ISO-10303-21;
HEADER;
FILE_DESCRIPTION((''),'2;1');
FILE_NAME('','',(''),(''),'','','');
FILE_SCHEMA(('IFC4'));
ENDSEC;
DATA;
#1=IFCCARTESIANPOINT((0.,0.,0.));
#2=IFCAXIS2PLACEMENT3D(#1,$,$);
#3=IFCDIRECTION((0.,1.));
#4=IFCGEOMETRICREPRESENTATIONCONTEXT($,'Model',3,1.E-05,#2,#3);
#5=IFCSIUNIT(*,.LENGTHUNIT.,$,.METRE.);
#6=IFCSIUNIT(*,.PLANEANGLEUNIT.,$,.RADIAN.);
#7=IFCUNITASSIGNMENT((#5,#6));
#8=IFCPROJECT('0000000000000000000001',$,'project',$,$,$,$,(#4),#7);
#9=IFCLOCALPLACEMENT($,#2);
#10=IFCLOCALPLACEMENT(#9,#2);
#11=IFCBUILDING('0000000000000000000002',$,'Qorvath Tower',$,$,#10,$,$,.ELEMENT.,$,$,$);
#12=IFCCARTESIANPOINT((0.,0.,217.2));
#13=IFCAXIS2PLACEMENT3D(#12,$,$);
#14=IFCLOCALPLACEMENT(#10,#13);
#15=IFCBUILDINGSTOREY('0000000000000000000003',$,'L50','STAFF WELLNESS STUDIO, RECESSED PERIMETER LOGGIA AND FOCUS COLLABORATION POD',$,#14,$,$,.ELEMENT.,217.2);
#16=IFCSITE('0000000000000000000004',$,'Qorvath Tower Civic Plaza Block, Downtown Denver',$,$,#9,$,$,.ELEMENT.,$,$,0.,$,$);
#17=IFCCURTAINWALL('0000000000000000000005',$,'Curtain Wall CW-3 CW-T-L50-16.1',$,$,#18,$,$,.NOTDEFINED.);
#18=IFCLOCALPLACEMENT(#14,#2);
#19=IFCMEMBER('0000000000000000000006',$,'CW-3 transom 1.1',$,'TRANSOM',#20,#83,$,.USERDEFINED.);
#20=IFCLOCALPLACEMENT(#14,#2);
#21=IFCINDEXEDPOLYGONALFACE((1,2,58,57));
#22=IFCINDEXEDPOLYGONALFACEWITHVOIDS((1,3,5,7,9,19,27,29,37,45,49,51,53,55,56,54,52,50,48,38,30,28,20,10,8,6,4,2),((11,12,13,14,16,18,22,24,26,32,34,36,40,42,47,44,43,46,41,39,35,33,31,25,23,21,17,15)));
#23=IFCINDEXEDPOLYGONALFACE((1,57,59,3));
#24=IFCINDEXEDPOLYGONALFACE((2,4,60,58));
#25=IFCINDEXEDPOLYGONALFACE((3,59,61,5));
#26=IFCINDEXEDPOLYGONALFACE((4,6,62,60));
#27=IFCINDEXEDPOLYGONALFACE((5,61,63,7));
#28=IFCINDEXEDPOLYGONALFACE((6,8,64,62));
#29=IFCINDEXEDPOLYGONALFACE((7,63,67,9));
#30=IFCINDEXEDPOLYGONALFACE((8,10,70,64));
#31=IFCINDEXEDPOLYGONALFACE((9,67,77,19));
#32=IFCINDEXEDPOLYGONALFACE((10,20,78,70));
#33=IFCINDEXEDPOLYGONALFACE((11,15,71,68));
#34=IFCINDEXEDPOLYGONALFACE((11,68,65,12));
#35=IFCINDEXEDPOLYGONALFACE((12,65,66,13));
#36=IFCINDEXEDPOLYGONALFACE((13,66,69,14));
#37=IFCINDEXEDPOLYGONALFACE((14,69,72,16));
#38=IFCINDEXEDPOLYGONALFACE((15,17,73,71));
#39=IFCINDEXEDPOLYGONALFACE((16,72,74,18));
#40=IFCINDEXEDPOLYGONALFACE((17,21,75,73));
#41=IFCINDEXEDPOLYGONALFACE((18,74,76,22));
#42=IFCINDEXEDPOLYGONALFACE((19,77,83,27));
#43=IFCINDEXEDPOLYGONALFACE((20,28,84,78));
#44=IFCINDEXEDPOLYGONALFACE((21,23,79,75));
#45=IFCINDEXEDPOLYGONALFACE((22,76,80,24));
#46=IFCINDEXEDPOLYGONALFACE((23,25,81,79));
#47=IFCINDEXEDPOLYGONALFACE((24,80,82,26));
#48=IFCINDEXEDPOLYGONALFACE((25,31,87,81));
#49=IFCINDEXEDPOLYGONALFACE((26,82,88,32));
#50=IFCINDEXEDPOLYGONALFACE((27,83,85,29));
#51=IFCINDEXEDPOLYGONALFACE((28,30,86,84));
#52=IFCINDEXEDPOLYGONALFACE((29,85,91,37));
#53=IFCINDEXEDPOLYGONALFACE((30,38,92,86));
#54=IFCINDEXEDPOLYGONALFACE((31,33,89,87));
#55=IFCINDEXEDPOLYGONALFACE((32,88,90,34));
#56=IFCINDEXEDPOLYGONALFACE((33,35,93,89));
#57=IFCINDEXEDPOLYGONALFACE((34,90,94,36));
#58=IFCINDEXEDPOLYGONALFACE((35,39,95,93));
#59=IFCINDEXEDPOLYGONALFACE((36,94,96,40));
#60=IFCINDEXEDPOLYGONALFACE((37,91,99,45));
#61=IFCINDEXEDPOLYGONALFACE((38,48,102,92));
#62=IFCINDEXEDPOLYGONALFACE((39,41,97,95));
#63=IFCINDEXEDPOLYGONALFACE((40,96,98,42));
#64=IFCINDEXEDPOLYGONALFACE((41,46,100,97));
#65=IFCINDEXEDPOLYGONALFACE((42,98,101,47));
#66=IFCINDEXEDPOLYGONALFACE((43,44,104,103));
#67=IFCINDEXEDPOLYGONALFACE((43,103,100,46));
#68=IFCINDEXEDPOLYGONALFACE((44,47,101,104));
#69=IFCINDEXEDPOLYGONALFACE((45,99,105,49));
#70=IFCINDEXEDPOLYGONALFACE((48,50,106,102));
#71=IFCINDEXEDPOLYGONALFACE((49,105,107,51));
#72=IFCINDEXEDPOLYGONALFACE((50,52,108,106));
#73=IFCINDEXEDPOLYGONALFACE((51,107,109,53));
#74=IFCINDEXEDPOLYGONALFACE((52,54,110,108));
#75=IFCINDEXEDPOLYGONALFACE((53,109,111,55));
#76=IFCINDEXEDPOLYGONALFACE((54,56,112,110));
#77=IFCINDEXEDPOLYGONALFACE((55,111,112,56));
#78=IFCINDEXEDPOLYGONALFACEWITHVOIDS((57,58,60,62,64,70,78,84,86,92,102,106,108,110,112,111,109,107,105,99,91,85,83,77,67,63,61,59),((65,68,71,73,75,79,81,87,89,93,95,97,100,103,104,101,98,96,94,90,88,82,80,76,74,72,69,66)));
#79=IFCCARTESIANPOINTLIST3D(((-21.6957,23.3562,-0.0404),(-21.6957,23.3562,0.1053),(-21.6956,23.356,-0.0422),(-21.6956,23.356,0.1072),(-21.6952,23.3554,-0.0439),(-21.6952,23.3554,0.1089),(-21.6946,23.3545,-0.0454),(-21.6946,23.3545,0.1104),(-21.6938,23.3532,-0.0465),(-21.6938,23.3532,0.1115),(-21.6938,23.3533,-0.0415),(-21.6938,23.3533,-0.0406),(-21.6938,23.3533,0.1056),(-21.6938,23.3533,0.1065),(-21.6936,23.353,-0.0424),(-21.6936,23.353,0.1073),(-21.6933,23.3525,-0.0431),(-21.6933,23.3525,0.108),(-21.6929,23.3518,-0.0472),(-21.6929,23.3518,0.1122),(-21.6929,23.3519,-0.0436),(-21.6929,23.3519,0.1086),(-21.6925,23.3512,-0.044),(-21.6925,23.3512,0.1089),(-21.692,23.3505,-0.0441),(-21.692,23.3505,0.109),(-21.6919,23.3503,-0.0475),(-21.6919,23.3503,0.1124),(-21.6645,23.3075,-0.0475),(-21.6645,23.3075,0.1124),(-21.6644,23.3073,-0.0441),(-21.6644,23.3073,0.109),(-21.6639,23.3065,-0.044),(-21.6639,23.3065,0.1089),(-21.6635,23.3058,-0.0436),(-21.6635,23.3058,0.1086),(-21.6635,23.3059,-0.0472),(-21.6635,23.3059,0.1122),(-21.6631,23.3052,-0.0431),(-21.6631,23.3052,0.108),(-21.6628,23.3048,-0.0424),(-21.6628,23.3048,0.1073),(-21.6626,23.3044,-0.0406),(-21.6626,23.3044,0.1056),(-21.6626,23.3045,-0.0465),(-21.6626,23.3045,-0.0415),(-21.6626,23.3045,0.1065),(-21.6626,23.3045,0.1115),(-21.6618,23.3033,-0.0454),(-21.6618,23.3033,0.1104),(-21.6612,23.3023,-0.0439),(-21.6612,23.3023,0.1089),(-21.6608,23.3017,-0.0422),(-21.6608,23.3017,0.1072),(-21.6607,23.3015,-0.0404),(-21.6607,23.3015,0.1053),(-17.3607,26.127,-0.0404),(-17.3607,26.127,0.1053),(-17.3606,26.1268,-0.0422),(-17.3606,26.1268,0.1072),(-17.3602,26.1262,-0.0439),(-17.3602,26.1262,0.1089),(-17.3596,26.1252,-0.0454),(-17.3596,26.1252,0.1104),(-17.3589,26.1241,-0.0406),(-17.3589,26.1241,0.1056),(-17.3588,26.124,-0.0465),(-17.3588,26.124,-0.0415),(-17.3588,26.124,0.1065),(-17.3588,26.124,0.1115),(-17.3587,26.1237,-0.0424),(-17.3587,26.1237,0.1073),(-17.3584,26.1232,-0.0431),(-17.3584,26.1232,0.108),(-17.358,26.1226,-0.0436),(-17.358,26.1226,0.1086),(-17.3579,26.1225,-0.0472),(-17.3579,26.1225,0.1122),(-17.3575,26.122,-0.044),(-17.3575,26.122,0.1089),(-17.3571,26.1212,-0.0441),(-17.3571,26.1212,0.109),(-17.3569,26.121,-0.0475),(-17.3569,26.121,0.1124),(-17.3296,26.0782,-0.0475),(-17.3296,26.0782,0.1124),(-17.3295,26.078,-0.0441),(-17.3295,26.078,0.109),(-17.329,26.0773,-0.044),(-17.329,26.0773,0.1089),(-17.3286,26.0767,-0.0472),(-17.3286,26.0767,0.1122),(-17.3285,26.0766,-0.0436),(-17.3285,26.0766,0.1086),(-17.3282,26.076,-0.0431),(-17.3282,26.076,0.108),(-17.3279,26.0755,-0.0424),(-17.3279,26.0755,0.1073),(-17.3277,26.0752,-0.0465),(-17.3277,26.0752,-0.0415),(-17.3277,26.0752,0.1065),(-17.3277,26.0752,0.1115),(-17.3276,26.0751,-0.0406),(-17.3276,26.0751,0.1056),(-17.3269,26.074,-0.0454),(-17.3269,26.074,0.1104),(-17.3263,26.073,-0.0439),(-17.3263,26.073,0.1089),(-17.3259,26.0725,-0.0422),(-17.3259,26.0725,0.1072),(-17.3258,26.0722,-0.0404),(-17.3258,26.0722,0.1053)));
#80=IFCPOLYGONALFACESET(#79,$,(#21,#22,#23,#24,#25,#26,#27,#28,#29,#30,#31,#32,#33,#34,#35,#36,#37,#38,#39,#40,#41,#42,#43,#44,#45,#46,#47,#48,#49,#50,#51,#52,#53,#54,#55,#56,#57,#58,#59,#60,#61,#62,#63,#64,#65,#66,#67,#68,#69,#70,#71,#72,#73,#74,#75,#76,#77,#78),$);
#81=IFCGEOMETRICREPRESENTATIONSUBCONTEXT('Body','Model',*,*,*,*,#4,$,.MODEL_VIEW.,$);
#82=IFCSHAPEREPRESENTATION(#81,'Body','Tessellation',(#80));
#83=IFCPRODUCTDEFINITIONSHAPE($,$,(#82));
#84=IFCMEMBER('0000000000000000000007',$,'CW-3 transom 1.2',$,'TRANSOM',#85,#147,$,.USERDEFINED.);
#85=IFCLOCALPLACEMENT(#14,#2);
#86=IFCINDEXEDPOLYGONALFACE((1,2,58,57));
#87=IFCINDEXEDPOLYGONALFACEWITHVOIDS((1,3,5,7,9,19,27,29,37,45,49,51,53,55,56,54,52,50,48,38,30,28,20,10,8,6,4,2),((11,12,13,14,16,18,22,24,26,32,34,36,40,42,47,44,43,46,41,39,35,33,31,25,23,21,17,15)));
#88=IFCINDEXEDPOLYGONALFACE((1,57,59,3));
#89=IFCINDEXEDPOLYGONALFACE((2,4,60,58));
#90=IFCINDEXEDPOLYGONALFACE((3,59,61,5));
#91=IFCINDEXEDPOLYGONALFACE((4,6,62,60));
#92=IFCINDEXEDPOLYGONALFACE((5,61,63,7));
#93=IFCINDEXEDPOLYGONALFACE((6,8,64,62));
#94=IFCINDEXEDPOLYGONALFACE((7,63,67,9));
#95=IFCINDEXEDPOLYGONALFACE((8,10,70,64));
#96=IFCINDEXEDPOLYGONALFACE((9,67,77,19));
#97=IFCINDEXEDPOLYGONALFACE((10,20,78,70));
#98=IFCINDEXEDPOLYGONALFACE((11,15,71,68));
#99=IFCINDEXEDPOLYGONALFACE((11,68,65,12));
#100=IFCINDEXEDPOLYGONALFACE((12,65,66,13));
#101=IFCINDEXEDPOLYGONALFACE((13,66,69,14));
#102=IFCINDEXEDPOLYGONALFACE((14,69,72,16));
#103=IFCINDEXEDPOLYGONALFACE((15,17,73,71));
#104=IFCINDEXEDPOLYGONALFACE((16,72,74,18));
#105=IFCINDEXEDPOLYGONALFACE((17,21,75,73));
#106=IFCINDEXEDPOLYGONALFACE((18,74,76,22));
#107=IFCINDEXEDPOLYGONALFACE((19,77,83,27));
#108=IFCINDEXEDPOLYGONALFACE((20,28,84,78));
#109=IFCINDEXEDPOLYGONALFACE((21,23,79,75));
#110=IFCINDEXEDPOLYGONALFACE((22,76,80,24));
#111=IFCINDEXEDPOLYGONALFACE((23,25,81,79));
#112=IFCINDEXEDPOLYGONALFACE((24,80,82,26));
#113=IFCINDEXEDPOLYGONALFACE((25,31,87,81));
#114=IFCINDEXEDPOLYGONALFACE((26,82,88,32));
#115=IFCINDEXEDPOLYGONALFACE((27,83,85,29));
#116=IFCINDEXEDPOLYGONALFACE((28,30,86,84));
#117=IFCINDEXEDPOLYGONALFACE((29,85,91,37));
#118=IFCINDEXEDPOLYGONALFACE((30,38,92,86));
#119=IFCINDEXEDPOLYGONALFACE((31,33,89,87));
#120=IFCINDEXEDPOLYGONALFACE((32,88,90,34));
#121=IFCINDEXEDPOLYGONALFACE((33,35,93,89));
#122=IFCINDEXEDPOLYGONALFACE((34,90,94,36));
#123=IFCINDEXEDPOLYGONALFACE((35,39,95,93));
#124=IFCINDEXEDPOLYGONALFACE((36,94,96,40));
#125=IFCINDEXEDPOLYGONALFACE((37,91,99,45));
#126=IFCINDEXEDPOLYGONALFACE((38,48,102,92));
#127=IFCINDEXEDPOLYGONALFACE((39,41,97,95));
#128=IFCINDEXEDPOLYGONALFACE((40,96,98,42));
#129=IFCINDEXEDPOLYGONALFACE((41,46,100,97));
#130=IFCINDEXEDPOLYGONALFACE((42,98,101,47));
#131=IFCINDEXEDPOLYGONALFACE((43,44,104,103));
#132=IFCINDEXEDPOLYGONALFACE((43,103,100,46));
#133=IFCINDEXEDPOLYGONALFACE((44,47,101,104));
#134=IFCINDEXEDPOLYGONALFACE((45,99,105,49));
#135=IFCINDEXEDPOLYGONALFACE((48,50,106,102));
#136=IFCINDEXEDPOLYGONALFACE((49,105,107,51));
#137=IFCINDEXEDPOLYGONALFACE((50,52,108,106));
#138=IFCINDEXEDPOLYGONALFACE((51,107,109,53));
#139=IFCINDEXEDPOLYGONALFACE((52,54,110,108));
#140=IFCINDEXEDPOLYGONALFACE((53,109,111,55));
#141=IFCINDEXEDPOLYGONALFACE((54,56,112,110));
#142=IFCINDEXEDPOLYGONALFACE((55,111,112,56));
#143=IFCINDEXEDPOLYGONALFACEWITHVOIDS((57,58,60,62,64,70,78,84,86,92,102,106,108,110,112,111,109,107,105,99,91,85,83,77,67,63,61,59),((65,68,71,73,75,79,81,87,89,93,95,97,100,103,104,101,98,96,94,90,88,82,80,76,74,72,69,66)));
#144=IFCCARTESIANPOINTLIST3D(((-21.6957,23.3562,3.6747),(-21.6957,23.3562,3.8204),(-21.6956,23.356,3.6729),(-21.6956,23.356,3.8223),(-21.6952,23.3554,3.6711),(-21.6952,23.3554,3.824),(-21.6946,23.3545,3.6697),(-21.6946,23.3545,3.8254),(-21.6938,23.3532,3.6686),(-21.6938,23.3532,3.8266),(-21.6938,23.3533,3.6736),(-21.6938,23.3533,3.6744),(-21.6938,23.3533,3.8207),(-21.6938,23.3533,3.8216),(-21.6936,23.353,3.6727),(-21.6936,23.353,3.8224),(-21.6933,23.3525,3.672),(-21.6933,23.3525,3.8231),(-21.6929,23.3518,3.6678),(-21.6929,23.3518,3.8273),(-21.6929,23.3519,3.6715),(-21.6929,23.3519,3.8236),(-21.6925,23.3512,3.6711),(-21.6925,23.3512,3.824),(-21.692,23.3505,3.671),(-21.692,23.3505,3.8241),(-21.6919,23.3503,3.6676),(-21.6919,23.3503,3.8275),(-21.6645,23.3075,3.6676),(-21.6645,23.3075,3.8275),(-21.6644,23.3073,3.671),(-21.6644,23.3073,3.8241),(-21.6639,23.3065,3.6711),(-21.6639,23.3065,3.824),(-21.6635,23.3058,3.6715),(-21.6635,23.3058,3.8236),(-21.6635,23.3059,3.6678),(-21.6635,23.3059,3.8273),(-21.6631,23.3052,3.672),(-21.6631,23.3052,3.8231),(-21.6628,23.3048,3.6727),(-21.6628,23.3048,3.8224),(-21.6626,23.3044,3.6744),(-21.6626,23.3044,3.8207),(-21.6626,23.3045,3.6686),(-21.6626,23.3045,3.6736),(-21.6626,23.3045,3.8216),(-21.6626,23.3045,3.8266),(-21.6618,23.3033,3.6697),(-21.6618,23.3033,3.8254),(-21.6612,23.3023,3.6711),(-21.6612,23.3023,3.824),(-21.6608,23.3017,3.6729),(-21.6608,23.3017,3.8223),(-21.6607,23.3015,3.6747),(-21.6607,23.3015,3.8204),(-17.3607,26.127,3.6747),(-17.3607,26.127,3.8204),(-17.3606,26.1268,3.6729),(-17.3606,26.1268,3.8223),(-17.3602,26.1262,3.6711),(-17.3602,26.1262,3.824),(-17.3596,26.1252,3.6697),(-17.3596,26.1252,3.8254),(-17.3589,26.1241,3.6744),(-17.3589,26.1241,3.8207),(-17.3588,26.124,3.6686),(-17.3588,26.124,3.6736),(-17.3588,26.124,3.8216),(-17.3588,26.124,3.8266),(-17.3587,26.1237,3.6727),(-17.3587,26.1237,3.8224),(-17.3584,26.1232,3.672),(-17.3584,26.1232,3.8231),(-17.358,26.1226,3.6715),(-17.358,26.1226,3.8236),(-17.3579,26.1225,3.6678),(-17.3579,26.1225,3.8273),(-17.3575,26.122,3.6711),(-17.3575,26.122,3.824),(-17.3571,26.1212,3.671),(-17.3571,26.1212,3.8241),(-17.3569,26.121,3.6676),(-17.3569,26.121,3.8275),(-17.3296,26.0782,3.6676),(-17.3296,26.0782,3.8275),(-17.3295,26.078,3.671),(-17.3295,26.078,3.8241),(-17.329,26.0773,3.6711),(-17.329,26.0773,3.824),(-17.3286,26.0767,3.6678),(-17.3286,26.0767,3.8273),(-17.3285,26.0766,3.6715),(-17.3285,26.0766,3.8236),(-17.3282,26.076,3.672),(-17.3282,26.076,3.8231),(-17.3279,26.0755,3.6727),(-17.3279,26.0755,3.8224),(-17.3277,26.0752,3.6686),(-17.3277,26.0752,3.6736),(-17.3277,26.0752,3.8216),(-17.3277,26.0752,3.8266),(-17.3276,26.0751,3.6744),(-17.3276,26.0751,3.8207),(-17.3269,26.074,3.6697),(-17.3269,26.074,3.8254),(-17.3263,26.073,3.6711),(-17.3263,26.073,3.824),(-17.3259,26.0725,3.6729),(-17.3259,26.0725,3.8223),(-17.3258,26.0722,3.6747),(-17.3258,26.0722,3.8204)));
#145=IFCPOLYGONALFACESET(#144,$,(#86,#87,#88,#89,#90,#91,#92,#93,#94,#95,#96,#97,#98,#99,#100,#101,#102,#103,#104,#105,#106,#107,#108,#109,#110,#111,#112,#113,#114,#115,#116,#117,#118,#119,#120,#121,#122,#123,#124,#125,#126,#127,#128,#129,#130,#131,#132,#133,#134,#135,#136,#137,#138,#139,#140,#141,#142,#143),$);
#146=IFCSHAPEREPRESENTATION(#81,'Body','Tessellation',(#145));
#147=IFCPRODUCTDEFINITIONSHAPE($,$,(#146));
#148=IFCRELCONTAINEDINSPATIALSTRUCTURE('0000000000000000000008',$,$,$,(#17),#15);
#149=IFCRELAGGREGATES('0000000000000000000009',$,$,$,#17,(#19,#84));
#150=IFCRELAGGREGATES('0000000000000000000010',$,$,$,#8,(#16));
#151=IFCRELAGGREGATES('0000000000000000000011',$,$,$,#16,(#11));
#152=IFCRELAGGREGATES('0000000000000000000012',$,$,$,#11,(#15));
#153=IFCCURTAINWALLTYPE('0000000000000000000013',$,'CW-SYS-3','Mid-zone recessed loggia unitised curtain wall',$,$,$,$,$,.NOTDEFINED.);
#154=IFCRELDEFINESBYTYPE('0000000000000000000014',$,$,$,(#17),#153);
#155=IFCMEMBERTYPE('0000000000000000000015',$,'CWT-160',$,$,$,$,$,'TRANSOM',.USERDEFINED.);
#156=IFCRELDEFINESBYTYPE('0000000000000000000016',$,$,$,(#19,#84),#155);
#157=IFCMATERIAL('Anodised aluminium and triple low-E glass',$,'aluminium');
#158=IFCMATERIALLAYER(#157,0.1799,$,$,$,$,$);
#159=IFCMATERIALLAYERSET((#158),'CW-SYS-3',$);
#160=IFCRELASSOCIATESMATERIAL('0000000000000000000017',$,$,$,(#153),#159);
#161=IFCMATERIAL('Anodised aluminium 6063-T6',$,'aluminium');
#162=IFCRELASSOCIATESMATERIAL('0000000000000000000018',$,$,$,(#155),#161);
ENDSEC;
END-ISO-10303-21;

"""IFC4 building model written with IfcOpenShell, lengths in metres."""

from ifc_helpers import new_model, si_unit, direction, frame, origin, origin_2d, place, context, subcontext, project, spatial, hollow_rectangle, extrude, material, layer, layer_set, material_profile, profile_set, type_object, element, aggregate, save


model = new_model("IFC4")

# Units and contexts
model_context = context("Model", 3, precision=1e-05, world=origin(), true_north=direction((0.0, 1.0)))
body_context = subcontext(model_context, "Body", "Model", "MODEL_VIEW")
ifc_project = project(units=[si_unit("LENGTHUNIT", "METRE"), si_unit("PLANEANGLEUNIT", "RADIAN")], contexts=[model_context])

# Site, building, storey
site_placement = place(None, origin())
site = spatial("IfcSite", under=ifc_project, at=site_placement, Name="Qorvath Tower Civic Plaza Block, Downtown Denver", CompositionType="ELEMENT", RefElevation=0.0)
building_placement = place(site_placement, origin())
building = spatial("IfcBuilding", under=site, at=building_placement, Name="Qorvath Tower", CompositionType="ELEMENT")
storey_placement = place(building_placement, frame((0.0, 0.0, 217.2)))
storey = spatial("IfcBuildingStorey", under=building, at=storey_placement, Name="L50", Description="STAFF WELLNESS STUDIO, RECESSED PERIMETER LOGGIA AND FOCUS COLLABORATION POD", CompositionType="ELEMENT", Elevation=217.2)

# Shared definitions
ifc_material_1 = material(Name="Anodised aluminium and triple low-E glass", Category="aluminium")
ifc_layer_1 = layer(ifc_material_1, 0.1799)
ifc_layer_set_1 = layer_set([ifc_layer_1], Name="CW-SYS-3")
curtain_wall_type = type_object("IfcCurtainWallType", Name="CW-SYS-3", Description="Mid-zone recessed loggia unitised curtain wall", PredefinedType="NOTDEFINED", material=ifc_layer_set_1)

# Curtain wall
curtain_wall_1_placement = place(storey_placement, origin())
curtain_wall_1 = element("IfcCurtainWall", 1, at=curtain_wall_1_placement, inside=storey, type_object=curtain_wall_type, Name="Curtain Wall CW-3 CW-T-L50-16.1", PredefinedType="NOTDEFINED")

# Members
ifc_material_2 = material(Name="Anodised aluminium 6063-T6", Category="aluminium")
ifc_material_profile_1 = material_profile(ifc_material_2, hollow_rectangle(XDim=0.0649, YDim=0.1599, WallThickness=0.0034, InnerFilletRadius=0.0034, OuterFilletRadius=0.0071, at=origin_2d()), Name="CWT 160x65")
ifc_profile_set_1 = profile_set([ifc_material_profile_1], Name="Anodised aluminium 6063-T6")
member_type_1 = type_object("IfcMemberType", Name="CWT-160", ElementType="TRANSOM", PredefinedType="USERDEFINED", material=ifc_profile_set_1)
member_1_placement = place(storey_placement, frame((-17.3433, 26.0996, 0.0325), z_axis=(-0.842591, -0.538554, 0.0), x_axis=(0.538554, -0.842591, 0.0)))
member_1 = element("IfcMember", 2, at=member_1_placement, type_object=member_type_1, Name="CW-3 transom 1.1", ObjectType="TRANSOM", PredefinedType="USERDEFINED", context=body_context, shape_type="SweptSolid", body=[
    extrude(hollow_rectangle(XDim=0.0649, YDim=0.1599, WallThickness=0.0034, InnerFilletRadius=0.0034, OuterFilletRadius=0.0071, at=origin_2d()), origin(), (0.0, 0.0, 1.0), 5.1448),
])
member_2_placement = place(storey_placement, frame((-17.3433, 26.0996, 3.7476), z_axis=(-0.842591, -0.538554, 0.0), x_axis=(0.538554, -0.842591, 0.0)))
member_2 = element("IfcMember", 3, at=member_2_placement, type_object=member_type_1, Name="CW-3 transom 1.2", ObjectType="TRANSOM", PredefinedType="USERDEFINED", context=body_context, shape_type="SweptSolid", body=[
    extrude(hollow_rectangle(XDim=0.0649, YDim=0.1599, WallThickness=0.0034, InnerFilletRadius=0.0034, OuterFilletRadius=0.0071, at=origin_2d()), origin(), (0.0, 0.0, 1.0), 5.1448),
])

aggregate(curtain_wall_1, [member_1, member_2])

save(model, "model.ifc")
